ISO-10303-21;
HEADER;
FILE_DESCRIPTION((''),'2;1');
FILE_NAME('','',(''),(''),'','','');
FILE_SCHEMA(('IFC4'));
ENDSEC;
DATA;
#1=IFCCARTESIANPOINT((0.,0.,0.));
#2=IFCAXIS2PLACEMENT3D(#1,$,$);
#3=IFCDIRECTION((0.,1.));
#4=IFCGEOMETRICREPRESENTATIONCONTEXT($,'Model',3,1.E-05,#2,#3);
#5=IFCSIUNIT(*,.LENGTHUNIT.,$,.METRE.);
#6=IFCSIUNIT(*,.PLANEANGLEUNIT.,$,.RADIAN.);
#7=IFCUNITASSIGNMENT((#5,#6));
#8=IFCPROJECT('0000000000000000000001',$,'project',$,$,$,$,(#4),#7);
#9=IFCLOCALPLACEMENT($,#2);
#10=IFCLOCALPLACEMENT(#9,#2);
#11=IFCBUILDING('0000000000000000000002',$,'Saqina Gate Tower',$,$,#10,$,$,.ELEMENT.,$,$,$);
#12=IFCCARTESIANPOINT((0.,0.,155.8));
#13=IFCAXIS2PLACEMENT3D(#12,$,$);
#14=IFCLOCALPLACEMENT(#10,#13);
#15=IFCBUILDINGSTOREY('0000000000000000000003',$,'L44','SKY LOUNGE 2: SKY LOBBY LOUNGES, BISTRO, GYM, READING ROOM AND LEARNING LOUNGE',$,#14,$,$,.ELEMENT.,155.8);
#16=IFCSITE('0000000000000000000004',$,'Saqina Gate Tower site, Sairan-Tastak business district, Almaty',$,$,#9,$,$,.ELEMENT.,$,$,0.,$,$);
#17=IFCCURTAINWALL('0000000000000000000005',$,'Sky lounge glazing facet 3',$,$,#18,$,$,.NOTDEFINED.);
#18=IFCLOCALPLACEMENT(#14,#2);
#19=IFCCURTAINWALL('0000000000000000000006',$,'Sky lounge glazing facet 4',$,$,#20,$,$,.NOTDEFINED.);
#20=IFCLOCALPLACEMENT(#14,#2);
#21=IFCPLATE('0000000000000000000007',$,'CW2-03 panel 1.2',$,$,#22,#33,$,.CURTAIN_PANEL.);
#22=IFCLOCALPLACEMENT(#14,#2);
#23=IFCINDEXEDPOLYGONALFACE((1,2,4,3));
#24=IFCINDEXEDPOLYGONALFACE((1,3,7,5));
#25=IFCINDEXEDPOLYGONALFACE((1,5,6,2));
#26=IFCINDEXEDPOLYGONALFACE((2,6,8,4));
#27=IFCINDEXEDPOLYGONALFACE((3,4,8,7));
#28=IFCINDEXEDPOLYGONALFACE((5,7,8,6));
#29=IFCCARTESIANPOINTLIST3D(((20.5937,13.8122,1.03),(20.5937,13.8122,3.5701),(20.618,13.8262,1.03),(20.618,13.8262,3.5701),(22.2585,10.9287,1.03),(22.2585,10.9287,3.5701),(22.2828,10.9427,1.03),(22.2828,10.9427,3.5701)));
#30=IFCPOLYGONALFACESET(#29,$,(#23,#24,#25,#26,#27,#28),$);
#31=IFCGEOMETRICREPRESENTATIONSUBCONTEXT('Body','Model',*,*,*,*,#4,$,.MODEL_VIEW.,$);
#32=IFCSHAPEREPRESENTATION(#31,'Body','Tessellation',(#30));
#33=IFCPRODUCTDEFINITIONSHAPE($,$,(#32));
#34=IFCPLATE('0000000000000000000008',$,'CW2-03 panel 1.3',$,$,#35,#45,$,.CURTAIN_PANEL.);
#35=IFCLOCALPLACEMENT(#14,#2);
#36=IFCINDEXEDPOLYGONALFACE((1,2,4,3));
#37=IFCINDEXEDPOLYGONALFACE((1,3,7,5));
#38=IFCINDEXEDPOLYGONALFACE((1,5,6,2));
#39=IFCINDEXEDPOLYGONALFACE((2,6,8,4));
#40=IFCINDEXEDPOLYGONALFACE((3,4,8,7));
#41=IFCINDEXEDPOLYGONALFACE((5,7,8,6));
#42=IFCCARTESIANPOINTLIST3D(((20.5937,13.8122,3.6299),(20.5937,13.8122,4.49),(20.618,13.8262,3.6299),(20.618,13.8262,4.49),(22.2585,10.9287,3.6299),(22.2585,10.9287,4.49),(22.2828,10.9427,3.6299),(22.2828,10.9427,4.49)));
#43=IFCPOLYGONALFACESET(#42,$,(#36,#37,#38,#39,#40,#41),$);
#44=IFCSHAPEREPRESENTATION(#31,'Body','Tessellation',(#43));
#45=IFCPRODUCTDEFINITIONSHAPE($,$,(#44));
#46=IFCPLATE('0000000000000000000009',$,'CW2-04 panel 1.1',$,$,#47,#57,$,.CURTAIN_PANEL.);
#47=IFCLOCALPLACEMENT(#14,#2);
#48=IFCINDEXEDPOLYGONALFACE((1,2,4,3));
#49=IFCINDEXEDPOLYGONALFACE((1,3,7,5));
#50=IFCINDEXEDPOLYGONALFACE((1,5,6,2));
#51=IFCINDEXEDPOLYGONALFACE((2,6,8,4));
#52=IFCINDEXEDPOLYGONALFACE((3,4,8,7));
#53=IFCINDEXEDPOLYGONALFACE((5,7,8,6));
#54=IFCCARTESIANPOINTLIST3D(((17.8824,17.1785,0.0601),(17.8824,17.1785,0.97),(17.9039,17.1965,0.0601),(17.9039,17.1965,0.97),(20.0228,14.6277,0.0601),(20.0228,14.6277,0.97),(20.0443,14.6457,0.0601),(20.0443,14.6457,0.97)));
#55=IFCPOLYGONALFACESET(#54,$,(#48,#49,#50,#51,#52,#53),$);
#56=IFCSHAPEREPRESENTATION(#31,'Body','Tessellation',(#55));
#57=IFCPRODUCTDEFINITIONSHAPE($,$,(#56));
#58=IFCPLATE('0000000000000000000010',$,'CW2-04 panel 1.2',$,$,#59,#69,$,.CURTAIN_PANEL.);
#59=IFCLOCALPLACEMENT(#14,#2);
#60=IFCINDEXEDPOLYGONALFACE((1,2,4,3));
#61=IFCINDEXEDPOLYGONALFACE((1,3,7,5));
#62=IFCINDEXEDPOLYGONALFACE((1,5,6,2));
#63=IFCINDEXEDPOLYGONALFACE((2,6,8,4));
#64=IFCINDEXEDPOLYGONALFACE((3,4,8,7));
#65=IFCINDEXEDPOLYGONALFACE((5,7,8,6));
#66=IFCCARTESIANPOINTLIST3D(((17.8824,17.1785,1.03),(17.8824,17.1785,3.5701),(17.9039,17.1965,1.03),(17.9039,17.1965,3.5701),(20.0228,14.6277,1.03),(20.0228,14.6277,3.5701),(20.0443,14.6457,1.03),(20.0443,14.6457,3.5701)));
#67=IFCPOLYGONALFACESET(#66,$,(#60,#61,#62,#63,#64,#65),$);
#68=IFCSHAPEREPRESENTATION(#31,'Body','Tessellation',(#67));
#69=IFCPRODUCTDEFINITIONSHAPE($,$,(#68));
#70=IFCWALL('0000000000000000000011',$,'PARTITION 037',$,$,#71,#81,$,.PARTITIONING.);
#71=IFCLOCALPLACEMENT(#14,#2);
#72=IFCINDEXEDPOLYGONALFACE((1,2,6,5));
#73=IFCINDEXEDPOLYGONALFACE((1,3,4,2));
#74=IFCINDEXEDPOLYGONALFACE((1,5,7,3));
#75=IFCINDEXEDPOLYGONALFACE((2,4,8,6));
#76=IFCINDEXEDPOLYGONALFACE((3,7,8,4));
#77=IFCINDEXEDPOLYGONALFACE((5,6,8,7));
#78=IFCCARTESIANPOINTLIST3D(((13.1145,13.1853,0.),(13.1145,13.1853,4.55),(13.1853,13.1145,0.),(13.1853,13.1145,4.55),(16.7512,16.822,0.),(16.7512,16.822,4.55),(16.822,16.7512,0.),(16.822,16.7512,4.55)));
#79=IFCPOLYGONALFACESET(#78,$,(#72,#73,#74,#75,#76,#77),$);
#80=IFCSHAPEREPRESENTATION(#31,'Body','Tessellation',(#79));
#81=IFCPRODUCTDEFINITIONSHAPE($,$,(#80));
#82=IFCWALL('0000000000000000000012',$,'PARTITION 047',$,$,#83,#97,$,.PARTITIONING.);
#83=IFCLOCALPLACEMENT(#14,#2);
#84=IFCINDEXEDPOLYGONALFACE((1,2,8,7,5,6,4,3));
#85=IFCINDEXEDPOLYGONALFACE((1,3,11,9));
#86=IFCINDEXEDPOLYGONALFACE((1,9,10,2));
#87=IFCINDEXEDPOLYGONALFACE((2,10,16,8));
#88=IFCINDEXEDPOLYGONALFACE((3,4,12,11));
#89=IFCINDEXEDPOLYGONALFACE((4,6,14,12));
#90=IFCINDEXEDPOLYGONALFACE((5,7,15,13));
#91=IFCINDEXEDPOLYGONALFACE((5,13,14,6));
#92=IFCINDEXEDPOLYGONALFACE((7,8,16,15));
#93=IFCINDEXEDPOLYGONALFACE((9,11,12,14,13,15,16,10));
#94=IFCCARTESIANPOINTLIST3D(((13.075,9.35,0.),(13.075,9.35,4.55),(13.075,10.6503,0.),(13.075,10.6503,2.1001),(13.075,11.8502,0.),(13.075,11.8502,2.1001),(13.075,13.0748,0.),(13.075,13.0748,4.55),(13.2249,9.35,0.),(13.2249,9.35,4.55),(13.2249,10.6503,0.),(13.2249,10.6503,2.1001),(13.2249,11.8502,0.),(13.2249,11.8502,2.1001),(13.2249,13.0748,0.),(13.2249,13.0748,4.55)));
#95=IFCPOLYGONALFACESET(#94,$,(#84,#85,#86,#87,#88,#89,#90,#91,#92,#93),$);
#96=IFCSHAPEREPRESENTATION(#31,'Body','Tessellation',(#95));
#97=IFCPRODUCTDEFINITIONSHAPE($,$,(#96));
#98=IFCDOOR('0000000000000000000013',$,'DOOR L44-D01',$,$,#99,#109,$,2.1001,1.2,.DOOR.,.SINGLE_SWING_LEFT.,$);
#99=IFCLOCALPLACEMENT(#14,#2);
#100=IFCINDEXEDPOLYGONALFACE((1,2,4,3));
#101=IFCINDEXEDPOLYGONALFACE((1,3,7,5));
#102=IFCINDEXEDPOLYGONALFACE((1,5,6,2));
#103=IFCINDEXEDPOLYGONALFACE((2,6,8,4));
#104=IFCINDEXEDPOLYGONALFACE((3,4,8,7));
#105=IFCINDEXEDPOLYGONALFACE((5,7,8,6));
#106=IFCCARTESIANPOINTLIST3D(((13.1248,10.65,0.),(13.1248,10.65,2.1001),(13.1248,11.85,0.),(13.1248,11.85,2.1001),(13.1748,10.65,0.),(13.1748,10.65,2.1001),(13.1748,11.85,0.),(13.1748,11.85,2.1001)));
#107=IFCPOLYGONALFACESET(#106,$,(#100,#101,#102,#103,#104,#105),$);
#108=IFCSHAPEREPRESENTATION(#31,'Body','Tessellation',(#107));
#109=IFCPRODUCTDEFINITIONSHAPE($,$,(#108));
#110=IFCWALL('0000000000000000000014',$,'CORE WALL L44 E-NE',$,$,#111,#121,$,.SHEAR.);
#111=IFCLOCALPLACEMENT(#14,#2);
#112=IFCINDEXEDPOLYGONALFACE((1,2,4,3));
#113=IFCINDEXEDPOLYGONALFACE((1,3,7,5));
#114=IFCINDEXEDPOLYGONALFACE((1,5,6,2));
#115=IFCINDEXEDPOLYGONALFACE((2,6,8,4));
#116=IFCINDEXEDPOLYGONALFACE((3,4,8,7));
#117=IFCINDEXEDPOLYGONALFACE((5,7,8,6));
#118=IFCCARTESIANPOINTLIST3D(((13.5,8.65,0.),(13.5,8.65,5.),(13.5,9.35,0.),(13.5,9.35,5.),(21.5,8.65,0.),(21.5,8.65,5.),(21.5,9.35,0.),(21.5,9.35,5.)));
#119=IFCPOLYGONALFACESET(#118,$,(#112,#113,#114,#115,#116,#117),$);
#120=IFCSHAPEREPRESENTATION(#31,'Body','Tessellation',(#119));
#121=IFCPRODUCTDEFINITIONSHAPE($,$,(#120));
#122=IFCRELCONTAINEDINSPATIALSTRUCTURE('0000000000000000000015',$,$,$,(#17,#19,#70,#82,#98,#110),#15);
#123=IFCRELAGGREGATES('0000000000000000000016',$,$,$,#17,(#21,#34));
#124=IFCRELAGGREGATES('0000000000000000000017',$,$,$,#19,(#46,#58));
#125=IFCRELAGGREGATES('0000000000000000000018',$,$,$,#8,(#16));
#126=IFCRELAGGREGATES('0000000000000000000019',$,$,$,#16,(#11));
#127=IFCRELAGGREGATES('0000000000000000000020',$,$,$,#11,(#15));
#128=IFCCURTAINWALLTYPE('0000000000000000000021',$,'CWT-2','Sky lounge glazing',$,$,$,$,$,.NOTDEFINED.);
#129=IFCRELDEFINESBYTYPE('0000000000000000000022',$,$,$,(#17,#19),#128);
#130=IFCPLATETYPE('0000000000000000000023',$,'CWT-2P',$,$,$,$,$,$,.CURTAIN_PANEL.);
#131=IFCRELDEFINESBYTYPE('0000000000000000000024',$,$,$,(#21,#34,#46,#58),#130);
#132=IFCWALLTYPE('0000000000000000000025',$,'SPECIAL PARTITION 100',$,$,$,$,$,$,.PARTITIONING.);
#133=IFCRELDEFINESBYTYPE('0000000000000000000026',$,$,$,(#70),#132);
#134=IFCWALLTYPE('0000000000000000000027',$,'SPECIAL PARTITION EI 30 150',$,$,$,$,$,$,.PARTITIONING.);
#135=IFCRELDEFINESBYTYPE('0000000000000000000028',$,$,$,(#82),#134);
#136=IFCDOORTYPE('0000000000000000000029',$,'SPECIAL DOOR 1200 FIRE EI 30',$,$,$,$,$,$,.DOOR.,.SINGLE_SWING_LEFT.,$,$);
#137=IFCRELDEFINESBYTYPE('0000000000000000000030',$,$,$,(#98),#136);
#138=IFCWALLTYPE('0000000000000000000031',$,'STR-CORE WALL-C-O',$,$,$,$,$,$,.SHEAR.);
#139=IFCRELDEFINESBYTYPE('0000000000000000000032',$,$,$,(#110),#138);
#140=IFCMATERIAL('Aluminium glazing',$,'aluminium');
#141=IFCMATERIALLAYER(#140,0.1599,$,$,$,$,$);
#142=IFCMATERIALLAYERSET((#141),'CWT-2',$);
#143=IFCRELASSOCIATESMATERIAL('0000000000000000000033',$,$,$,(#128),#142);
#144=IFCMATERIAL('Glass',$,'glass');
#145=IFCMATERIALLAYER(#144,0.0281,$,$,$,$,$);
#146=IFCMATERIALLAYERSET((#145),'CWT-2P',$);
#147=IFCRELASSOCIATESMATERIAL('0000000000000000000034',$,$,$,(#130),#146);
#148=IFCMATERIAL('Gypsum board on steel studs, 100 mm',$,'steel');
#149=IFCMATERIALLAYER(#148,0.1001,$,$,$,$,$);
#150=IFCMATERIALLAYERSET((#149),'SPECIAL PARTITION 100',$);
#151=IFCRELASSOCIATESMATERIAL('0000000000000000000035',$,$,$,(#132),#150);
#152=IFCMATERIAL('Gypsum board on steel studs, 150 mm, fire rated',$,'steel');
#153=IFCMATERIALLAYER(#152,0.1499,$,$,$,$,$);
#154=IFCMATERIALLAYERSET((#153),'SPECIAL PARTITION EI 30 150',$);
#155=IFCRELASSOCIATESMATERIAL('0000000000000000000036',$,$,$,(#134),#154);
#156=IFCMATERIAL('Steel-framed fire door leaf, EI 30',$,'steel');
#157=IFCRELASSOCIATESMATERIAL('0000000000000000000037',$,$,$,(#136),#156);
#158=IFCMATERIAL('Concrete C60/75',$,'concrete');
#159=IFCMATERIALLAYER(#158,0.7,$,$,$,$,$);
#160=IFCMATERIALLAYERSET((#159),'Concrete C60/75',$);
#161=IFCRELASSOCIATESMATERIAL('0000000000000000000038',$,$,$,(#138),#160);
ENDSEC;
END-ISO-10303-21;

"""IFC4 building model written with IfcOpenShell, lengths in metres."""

from ifc_helpers import new_model, si_unit, direction, frame, frame_2d, origin, origin_2d, place, context, subcontext, project, spatial, rectangle, extrude, material, layer, layer_set, type_object, element, fill, aggregate, save


model = new_model("IFC4")

# Units and contexts
model_context = context("Model", 3, precision=1e-05, world=origin(), true_north=direction((0.0, 1.0)))
body_context = subcontext(model_context, "Body", "Model", "MODEL_VIEW")
ifc_project = project(units=[si_unit("LENGTHUNIT", "METRE"), si_unit("PLANEANGLEUNIT", "RADIAN")], contexts=[model_context])

# Site, building, storey
site_placement = place(None, origin())
site = spatial("IfcSite", under=ifc_project, at=site_placement, Name="Saqina Gate Tower site, Sairan-Tastak business district, Almaty", CompositionType="ELEMENT", RefElevation=0.0)
building_placement = place(site_placement, origin())
building = spatial("IfcBuilding", under=site, at=building_placement, Name="Saqina Gate Tower", CompositionType="ELEMENT")
storey_placement = place(building_placement, frame((0.0, 0.0, 155.8)))
storey = spatial("IfcBuildingStorey", under=building, at=storey_placement, Name="L44", Description="SKY LOUNGE 2: SKY LOBBY LOUNGES, BISTRO, GYM, READING ROOM AND LEARNING LOUNGE", CompositionType="ELEMENT", Elevation=155.8)

# Curtain wall
ifc_material_1 = material(Name="Aluminium glazing", Category="aluminium")
ifc_layer_1 = layer(ifc_material_1, 0.1599)
ifc_layer_set_1 = layer_set([ifc_layer_1], Name="CWT-2")
curtain_wall_type = type_object("IfcCurtainWallType", Name="CWT-2", Description="Sky lounge glazing", PredefinedType="NOTDEFINED", material=ifc_layer_set_1)
curtain_wall_1_placement = place(storey_placement, origin())
curtain_wall_1 = element("IfcCurtainWall", 1, at=curtain_wall_1_placement, inside=storey, type_object=curtain_wall_type, Name="Sky lounge glazing facet 3", PredefinedType="NOTDEFINED")

# Curtain wall
curtain_wall_2_placement = place(storey_placement, origin())
curtain_wall_2 = element("IfcCurtainWall", 2, at=curtain_wall_2_placement, inside=storey, type_object=curtain_wall_type, Name="Sky lounge glazing facet 4", PredefinedType="NOTDEFINED")

# Plates
ifc_material_2 = material(Name="Glass", Category="glass")
ifc_layer_2 = layer(ifc_material_2, 0.0281)
ifc_layer_set_2 = layer_set([ifc_layer_2], Name="CWT-2P")
plate_type = type_object("IfcPlateType", Name="CWT-2P", PredefinedType="CURTAIN_PANEL", material=ifc_layer_set_2)
plate_1_placement = place(storey_placement, frame((21.4382, 12.3774, 1.03), z_axis=(0.0, 0.0, 1.0), x_axis=(-0.500014, 0.866017, 0.0)))
plate_1 = element("IfcPlate", 3, at=plate_1_placement, type_object=plate_type, Name="CW2-03 panel 1.2", PredefinedType="CURTAIN_PANEL", context=body_context, shape_type="SweptSolid", body=[
    extrude(rectangle(XDim=3.3296, YDim=0.0281, at=origin_2d()), origin(), (0.0, 0.0, 1.0), 2.54),
])
plate_2_placement = place(storey_placement, frame((21.4382, 12.3774, 3.6299), z_axis=(0.0, 0.0, 1.0), x_axis=(-0.500014, 0.866017, 0.0)))
plate_2 = element("IfcPlate", 4, at=plate_2_placement, type_object=plate_type, Name="CW2-03 panel 1.3", PredefinedType="CURTAIN_PANEL", context=body_context, shape_type="SweptSolid", body=[
    extrude(rectangle(XDim=3.3296, YDim=0.0281, at=origin_2d()), origin(), (0.0, 0.0, 1.0), 0.8601),
])
aggregate(curtain_wall_1, [plate_1, plate_2])
plate_3_placement = place(storey_placement, frame((18.9634, 15.9121, 0.0601), z_axis=(0.0, 0.0, 1.0), x_axis=(-0.64279, 0.766043, 0.0)))
plate_3 = element("IfcPlate", 5, at=plate_3_placement, type_object=plate_type, Name="CW2-04 panel 1.1", PredefinedType="CURTAIN_PANEL", context=body_context, shape_type="SweptSolid", body=[
    extrude(rectangle(XDim=3.3298, YDim=0.0281, at=origin_2d()), origin(), (0.0, 0.0, 1.0), 0.9099),
])
plate_4_placement = place(storey_placement, frame((18.9634, 15.9121, 1.03), z_axis=(0.0, 0.0, 1.0), x_axis=(-0.64279, 0.766043, 0.0)))
plate_4 = element("IfcPlate", 6, at=plate_4_placement, type_object=plate_type, Name="CW2-04 panel 1.2", PredefinedType="CURTAIN_PANEL", context=body_context, shape_type="SweptSolid", body=[
    extrude(rectangle(XDim=3.3298, YDim=0.0281, at=origin_2d()), origin(), (0.0, 0.0, 1.0), 2.54),
])
aggregate(curtain_wall_2, [plate_3, plate_4])

# Wall
ifc_material_3 = material(Name="Gypsum board on steel studs, 100 mm", Category="steel")
ifc_layer_3 = layer(ifc_material_3, 0.1001)
ifc_layer_set_3 = layer_set([ifc_layer_3], Name="SPECIAL PARTITION 100")
wall_type_1 = type_object("IfcWallType", Name="SPECIAL PARTITION 100", PredefinedType="PARTITIONING", material=ifc_layer_set_3)
wall_1_placement = place(storey_placement, frame((13.1499, 13.1499, 0.0), z_axis=(0.0, 0.0, 1.0), x_axis=(0.707107, 0.707107, 0.0)))
element("IfcWall", 7, at=wall_1_placement, inside=storey, type_object=wall_type_1, Name="PARTITION 037", PredefinedType="PARTITIONING", context=body_context, shape_type="SweptSolid", body=[
    extrude(rectangle(XDim=5.1431, YDim=0.1001, at=frame_2d((2.5715, 0.0))), origin(), (0.0, 0.0, 1.0), 4.55),
])

# Wall, opening, door
ifc_material_4 = material(Name="Gypsum board on steel studs, 150 mm, fire rated", Category="steel")
ifc_layer_4 = layer(ifc_material_4, 0.1499)
ifc_layer_set_4 = layer_set([ifc_layer_4], Name="SPECIAL PARTITION EI 30 150")
wall_type_2 = type_object("IfcWallType", Name="SPECIAL PARTITION EI 30 150", PredefinedType="PARTITIONING", material=ifc_layer_set_4)
wall_2_placement = place(storey_placement, frame((13.1499, 9.3501, 0.0), z_axis=(0.0, 0.0, 1.0), x_axis=(0.0, 1.0, 0.0)))
wall_2 = element("IfcWall", 8, at=wall_2_placement, inside=storey, type_object=wall_type_2, Name="PARTITION 047", PredefinedType="PARTITIONING", context=body_context, shape_type="SweptSolid", body=[
    extrude(rectangle(XDim=3.7249, YDim=0.1499, at=frame_2d((1.8623, 0.0))), origin(), (0.0, 0.0, 1.0), 4.55),
])
opening_placement = place(wall_2_placement, frame((1.3, 0.0, 0.0)))
opening = element("IfcOpeningElement", 9, at=opening_placement, cuts=wall_2, PredefinedType="OPENING", context=body_context, shape_type="SweptSolid", body=[
    extrude(rectangle(XDim=1.2, YDim=2.1001, at=frame_2d((0.6001, 1.05))), frame((0.0, 0.0869, 0.0), z_axis=(0.0, -1.0, 0.0), x_axis=(1.0, 0.0, 0.0)), (0.0, 0.0, 1.0), 0.1738),
])
ifc_material_5 = material(Name="Steel-framed fire door leaf, EI 30", Category="steel")
door_type = type_object("IfcDoorType", Name="SPECIAL DOOR 1200 FIRE EI 30", OperationType="SINGLE_SWING_LEFT", PredefinedType="DOOR", material=ifc_material_5)
door_placement = place(opening_placement, frame((1.2, 0.0, 0.0), z_axis=(0.0, 0.0, 1.0), x_axis=(-1.0, 0.0, 0.0)))
door = element("IfcDoor", 10, at=door_placement, inside=storey, type_object=door_type, Name="DOOR L44-D01", OperationType="SINGLE_SWING_LEFT", OverallHeight=2.1001, OverallWidth=1.2, PredefinedType="DOOR", context=body_context, shape_type="SweptSolid", body=[
    extrude(rectangle(XDim=1.2, YDim=2.1001, at=frame_2d((0.6001, 1.05))), frame((0.0, 0.0249, 0.0), z_axis=(0.0, -1.0, 0.0), x_axis=(1.0, 0.0, 0.0)), (0.0, 0.0, 1.0), 0.05),
])
fill(opening, door)

# Wall
ifc_material_6 = material(Name="Concrete C60/75", Category="concrete")
ifc_layer_5 = layer(ifc_material_6, 0.7)
ifc_layer_set_5 = layer_set([ifc_layer_5], Name="Concrete C60/75")
wall_type_3 = type_object("IfcWallType", Name="STR-CORE WALL-C-O", PredefinedType="SHEAR", material=ifc_layer_set_5)
wall_3_placement = place(storey_placement, frame((13.5, 9.0, 0.0), z_axis=(0.0, 0.0, 1.0), x_axis=(1.0, 0.0, 0.0)))
element("IfcWall", 11, at=wall_3_placement, inside=storey, type_object=wall_type_3, Name="CORE WALL L44 E-NE", PredefinedType="SHEAR", context=body_context, shape_type="SweptSolid", body=[
    extrude(rectangle(XDim=8.0, YDim=0.7, at=frame_2d((4.0, 0.0))), origin(), (0.0, 0.0, 1.0), 5.0),
])

save(model, "model.ifc")
